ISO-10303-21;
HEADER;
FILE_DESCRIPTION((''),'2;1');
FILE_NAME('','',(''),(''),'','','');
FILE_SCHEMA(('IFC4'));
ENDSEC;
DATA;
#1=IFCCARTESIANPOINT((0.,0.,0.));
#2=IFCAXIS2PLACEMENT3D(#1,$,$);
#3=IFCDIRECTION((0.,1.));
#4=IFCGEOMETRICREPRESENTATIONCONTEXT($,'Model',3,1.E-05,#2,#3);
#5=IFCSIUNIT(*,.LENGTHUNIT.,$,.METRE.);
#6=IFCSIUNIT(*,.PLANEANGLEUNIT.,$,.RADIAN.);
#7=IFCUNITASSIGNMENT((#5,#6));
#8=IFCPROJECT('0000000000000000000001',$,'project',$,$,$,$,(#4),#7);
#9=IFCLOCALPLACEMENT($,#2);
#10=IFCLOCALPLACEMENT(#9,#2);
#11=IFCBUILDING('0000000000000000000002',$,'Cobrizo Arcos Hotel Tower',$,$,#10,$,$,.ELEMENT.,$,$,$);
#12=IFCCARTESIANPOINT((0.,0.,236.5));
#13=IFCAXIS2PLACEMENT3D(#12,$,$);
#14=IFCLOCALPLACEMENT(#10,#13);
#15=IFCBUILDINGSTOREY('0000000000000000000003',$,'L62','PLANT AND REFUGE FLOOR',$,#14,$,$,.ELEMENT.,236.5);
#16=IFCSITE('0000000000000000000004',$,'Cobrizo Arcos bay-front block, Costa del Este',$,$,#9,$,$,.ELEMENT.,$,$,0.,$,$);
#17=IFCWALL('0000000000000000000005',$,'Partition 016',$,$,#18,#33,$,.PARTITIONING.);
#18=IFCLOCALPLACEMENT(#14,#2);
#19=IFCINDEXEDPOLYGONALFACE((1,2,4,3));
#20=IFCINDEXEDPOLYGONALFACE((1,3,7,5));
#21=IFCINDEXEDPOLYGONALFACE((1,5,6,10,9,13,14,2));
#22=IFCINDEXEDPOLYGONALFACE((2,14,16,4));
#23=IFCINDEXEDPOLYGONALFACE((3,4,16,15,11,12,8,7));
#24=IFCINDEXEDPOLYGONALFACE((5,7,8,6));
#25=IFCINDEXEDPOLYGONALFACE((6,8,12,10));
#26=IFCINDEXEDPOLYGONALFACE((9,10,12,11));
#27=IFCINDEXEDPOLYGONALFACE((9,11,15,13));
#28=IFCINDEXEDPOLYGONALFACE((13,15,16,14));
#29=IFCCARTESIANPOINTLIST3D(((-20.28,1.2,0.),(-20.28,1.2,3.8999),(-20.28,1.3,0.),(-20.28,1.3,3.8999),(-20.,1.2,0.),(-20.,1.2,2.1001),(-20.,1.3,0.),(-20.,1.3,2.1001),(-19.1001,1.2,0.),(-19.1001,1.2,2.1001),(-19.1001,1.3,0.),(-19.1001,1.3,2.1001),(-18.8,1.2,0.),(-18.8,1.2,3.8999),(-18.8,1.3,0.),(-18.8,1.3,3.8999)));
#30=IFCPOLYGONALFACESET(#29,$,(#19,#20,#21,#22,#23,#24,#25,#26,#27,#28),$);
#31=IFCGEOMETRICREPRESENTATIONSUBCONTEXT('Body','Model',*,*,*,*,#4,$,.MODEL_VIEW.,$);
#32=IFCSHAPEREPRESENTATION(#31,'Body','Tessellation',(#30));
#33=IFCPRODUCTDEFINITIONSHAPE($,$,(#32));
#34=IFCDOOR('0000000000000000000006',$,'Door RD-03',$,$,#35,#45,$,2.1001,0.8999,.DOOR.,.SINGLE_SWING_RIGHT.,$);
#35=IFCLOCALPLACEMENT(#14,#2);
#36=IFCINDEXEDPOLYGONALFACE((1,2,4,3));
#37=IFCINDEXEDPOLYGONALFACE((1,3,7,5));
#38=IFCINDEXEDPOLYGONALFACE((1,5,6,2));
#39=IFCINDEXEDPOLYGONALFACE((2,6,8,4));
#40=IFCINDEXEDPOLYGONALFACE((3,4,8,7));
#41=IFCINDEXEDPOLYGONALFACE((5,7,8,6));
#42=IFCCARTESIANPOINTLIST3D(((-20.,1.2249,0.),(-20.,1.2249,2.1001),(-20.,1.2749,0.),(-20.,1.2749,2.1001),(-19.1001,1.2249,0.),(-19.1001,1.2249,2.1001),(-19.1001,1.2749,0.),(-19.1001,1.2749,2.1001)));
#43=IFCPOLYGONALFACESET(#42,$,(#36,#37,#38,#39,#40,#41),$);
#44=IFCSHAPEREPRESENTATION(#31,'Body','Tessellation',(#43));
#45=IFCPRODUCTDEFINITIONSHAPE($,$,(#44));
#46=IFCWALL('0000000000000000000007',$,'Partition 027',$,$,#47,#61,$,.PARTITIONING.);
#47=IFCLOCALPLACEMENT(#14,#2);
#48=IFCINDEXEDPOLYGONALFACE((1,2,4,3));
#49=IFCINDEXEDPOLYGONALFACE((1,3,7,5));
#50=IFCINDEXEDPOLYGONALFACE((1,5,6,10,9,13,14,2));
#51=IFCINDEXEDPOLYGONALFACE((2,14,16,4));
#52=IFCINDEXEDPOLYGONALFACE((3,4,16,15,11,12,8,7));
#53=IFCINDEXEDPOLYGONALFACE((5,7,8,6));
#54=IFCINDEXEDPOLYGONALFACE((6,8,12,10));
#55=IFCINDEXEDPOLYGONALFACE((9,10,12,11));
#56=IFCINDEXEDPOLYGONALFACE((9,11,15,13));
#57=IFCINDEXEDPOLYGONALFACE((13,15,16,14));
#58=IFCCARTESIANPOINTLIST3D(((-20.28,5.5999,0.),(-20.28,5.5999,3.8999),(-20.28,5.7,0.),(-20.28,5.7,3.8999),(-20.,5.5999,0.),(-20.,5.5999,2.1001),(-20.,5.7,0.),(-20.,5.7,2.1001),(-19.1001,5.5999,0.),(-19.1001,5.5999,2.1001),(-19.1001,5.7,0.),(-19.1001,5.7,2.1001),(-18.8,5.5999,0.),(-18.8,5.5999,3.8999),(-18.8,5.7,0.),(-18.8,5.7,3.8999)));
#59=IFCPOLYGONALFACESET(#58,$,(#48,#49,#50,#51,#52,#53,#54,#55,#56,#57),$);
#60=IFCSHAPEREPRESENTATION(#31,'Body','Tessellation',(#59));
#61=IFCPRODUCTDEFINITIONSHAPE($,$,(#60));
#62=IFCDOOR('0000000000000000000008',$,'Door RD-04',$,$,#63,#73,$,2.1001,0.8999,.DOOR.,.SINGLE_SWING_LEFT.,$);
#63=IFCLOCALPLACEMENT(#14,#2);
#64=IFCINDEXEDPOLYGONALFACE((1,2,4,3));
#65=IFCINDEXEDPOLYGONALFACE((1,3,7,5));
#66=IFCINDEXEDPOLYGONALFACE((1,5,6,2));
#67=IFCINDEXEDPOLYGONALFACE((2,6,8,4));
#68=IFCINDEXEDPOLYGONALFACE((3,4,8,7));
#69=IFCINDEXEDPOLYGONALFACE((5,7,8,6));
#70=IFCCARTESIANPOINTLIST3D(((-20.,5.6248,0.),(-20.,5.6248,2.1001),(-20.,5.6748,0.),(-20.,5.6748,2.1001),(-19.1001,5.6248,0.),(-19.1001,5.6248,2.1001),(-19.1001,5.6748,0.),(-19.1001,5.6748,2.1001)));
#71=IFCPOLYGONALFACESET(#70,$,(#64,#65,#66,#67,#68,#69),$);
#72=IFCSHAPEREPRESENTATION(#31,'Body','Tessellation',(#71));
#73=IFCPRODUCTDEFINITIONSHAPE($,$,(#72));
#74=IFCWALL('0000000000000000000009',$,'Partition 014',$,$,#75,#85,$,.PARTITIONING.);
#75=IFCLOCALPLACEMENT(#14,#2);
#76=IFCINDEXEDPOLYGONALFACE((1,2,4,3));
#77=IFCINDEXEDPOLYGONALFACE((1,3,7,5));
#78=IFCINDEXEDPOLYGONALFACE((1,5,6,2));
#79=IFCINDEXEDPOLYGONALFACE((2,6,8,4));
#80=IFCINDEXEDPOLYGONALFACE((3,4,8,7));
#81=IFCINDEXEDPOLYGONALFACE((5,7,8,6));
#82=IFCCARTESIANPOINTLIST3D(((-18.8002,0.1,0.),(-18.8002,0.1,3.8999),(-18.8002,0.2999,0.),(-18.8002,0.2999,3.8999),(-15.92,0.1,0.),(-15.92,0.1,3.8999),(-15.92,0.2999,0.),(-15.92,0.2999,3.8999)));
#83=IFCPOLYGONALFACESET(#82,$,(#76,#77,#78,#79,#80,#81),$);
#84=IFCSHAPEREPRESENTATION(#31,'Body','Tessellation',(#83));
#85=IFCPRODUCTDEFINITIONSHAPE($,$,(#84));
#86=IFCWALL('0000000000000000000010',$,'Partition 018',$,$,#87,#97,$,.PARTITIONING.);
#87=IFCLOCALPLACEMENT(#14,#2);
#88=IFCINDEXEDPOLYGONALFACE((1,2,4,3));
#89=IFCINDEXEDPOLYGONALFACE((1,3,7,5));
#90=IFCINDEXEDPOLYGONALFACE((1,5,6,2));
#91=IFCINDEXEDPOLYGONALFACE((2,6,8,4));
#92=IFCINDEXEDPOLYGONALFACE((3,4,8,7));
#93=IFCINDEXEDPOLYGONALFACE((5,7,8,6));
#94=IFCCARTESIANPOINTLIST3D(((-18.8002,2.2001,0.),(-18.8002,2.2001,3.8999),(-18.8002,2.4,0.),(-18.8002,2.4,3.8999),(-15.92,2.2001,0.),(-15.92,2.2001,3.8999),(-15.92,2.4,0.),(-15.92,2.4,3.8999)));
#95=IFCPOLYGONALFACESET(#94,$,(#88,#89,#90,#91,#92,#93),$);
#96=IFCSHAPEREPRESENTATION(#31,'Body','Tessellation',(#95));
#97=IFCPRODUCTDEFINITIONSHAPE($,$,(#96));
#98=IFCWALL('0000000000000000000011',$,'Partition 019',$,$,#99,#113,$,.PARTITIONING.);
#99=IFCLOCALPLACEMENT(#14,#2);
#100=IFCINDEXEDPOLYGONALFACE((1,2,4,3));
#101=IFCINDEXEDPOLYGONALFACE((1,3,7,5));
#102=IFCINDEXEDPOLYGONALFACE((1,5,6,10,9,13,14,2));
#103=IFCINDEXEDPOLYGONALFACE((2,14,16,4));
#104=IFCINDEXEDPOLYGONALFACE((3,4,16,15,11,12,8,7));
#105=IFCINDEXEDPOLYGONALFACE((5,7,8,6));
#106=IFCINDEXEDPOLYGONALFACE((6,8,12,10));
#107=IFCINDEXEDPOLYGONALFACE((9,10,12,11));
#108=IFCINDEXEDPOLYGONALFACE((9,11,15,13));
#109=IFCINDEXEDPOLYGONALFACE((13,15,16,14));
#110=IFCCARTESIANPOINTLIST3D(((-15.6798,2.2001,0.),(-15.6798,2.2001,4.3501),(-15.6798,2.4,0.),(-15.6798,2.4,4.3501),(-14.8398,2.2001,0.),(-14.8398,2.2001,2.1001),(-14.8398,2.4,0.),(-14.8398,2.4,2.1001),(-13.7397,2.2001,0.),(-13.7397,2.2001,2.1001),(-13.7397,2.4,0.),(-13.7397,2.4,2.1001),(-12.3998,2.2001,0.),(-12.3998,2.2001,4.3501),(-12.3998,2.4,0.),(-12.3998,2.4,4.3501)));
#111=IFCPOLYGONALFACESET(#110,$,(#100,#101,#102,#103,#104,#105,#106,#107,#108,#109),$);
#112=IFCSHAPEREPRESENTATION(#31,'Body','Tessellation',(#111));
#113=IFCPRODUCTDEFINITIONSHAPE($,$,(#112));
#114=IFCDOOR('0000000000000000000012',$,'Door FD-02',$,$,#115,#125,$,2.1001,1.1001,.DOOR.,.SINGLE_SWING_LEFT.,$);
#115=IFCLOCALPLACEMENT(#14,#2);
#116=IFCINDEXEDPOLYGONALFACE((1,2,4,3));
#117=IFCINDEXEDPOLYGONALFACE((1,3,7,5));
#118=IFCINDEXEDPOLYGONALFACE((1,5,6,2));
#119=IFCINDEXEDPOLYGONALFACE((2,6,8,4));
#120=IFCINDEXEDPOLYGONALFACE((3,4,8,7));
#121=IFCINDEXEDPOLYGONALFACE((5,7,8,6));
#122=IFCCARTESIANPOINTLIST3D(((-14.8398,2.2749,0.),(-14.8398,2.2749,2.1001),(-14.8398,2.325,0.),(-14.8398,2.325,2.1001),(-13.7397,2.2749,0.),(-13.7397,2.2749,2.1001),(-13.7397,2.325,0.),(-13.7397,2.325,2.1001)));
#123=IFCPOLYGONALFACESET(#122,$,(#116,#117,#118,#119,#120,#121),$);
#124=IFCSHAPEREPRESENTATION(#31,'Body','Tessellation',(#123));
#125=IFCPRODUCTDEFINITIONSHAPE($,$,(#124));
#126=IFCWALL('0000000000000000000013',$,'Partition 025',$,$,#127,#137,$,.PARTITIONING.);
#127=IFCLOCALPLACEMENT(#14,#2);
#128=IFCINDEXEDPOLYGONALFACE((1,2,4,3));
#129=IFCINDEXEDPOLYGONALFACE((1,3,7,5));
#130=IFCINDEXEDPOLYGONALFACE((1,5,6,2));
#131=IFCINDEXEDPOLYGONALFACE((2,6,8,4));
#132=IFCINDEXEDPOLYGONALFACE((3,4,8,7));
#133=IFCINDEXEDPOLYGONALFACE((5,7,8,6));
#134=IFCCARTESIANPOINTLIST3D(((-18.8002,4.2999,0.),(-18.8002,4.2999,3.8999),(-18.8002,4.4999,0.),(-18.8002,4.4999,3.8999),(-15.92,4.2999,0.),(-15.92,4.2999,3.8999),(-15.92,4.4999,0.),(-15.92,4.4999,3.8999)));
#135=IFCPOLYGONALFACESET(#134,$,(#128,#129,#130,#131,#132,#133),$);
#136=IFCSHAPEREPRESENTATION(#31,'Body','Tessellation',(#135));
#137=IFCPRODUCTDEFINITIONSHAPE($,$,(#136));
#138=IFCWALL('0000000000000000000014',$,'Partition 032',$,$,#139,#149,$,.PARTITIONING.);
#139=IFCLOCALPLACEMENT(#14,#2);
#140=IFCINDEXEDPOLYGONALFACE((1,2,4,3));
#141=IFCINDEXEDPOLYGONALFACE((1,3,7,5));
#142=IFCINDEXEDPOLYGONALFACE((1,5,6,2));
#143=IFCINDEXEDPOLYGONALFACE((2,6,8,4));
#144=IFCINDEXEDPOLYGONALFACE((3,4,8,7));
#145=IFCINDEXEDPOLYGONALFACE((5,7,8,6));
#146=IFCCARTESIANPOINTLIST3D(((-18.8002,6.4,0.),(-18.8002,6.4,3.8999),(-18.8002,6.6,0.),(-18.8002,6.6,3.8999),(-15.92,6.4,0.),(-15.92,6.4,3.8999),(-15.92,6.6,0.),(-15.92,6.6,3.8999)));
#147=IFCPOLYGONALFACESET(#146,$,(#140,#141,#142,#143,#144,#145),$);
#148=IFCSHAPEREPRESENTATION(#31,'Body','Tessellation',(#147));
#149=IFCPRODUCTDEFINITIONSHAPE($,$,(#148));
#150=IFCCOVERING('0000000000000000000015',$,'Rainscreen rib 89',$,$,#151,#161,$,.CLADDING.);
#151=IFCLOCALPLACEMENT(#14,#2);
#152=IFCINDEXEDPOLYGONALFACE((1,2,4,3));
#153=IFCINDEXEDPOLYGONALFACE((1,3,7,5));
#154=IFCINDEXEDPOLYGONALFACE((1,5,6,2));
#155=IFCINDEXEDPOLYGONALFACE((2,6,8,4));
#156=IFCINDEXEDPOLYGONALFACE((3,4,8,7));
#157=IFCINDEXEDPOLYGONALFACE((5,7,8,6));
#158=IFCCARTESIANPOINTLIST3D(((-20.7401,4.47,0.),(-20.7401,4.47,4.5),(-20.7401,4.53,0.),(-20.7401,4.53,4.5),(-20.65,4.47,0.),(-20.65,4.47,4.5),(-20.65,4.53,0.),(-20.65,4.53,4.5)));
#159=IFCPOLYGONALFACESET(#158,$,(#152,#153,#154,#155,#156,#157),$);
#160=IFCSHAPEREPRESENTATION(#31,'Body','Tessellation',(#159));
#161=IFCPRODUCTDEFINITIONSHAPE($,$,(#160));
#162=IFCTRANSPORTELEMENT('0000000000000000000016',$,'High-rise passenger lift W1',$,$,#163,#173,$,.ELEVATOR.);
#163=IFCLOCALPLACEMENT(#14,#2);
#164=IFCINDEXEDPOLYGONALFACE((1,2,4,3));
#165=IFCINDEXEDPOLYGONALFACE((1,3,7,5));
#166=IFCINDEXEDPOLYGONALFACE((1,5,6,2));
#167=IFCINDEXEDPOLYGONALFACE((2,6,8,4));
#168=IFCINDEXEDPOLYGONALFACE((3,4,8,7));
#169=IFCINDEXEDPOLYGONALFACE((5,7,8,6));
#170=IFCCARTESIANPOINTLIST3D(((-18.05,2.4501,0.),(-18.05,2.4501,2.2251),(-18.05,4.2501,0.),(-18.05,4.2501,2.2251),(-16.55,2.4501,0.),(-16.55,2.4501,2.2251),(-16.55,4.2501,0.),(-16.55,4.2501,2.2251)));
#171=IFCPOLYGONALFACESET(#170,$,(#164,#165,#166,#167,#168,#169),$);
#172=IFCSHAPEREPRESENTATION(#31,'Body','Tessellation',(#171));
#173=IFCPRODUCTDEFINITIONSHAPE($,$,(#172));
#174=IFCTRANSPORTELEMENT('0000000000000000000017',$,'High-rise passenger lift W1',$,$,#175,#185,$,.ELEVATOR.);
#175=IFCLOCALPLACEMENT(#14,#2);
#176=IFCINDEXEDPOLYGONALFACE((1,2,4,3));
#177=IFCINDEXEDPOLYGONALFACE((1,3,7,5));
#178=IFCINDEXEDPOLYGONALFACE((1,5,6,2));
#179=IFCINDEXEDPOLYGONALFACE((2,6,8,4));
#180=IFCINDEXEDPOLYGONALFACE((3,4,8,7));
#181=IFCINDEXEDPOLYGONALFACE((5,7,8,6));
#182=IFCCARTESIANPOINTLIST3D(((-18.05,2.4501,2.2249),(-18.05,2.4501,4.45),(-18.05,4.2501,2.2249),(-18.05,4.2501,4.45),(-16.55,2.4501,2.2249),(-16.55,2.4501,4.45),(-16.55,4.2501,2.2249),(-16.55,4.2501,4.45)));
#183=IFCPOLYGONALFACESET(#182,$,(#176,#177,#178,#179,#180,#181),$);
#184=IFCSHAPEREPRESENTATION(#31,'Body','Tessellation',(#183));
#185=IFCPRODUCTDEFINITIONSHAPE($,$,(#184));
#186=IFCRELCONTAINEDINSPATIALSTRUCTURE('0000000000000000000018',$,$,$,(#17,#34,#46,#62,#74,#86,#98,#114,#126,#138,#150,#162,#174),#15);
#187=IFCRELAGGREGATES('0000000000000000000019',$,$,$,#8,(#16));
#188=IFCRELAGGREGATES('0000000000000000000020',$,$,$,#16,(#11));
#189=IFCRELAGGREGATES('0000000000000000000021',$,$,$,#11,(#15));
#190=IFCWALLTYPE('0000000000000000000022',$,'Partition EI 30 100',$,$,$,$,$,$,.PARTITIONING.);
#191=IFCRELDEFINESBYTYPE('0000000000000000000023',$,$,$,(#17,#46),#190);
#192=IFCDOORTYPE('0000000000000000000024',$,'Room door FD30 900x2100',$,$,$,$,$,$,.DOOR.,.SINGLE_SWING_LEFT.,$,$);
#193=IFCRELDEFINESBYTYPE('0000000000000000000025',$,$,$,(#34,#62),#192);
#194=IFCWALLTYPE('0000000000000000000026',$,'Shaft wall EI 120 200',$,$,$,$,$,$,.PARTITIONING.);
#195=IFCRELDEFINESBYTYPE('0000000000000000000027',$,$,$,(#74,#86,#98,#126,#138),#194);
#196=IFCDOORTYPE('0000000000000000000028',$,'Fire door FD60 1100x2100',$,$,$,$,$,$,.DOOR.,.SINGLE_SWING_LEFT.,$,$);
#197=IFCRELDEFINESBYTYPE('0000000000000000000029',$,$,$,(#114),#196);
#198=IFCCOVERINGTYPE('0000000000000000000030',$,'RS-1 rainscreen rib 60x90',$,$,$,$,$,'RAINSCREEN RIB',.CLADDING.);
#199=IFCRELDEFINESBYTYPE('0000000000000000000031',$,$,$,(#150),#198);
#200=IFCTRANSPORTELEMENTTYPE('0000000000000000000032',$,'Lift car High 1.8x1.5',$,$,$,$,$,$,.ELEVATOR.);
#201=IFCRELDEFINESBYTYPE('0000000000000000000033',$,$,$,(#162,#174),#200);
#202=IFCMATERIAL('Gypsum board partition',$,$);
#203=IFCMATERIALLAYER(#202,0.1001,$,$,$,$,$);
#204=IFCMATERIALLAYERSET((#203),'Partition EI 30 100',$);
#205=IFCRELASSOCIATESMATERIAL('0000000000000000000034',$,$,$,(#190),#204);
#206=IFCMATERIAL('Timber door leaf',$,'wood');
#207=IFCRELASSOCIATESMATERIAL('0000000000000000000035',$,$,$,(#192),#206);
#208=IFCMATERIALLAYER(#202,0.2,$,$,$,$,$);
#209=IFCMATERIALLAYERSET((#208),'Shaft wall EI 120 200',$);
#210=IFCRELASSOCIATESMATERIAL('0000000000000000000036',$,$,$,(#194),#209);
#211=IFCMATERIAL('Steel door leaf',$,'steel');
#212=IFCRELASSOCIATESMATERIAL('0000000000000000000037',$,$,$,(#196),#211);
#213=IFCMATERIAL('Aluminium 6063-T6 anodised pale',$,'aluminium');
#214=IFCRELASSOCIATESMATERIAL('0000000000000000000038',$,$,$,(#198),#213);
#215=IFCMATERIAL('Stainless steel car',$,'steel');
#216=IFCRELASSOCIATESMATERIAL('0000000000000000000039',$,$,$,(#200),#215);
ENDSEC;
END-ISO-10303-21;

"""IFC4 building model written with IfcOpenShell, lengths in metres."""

from ifc_helpers import new_model, si_unit, direction, frame, frame_2d, origin, origin_2d, place, context, subcontext, project, spatial, rectangle, extrude, material, layer, layer_set, type_object, element, fill, save


model = new_model("IFC4")

# Units and contexts
model_context = context("Model", 3, precision=1e-05, world=origin(), true_north=direction((0.0, 1.0)))
body_context = subcontext(model_context, "Body", "Model", "MODEL_VIEW")
ifc_project = project(units=[si_unit("LENGTHUNIT", "METRE"), si_unit("PLANEANGLEUNIT", "RADIAN")], contexts=[model_context])

# Site, building, storey
site_placement = place(None, origin())
site = spatial("IfcSite", under=ifc_project, at=site_placement, Name="Cobrizo Arcos bay-front block, Costa del Este", CompositionType="ELEMENT", RefElevation=0.0)
building_placement = place(site_placement, origin())
building = spatial("IfcBuilding", under=site, at=building_placement, Name="Cobrizo Arcos Hotel Tower", CompositionType="ELEMENT")
storey_placement = place(building_placement, frame((0.0, 0.0, 236.5)))
storey = spatial("IfcBuildingStorey", under=building, at=storey_placement, Name="L62", Description="PLANT AND REFUGE FLOOR", CompositionType="ELEMENT", Elevation=236.5)

# Walls, openings, doors
ifc_material_1 = material(Name="Gypsum board partition")
ifc_layer_1 = layer(ifc_material_1, 0.1001)
ifc_layer_set_1 = layer_set([ifc_layer_1], Name="Partition EI 30 100")
wall_type_1 = type_object("IfcWallType", Name="Partition EI 30 100", PredefinedType="PARTITIONING", material=ifc_layer_set_1)
wall_1_placement = place(storey_placement, frame((-20.28, 1.25, 0.0), z_axis=(0.0, 0.0, 1.0), x_axis=(1.0, 0.0, 0.0)))
wall_1 = element("IfcWall", 1, at=wall_1_placement, inside=storey, type_object=wall_type_1, Name="Partition 016", PredefinedType="PARTITIONING", context=body_context, shape_type="SweptSolid", body=[
    extrude(rectangle(XDim=1.48, YDim=0.1001, at=frame_2d((0.74, 0.0))), origin(), (0.0, 0.0, 1.0), 3.8999),
])
opening_1_placement = place(wall_1_placement, frame((0.28, 0.0, 0.0)))
opening_1 = element("IfcOpeningElement", 2, at=opening_1_placement, cuts=wall_1, PredefinedType="OPENING", context=body_context, shape_type="SweptSolid", body=[
    extrude(rectangle(XDim=0.8999, YDim=2.1001, at=frame_2d((0.45, 1.05))), frame((0.0, 0.062, 0.0), z_axis=(0.0, -1.0, 0.0), x_axis=(1.0, 0.0, 0.0)), (0.0, 0.0, 1.0), 0.124),
])
ifc_material_2 = material(Name="Timber door leaf", Category="wood")
door_type_1 = type_object("IfcDoorType", Name="Room door FD30 900x2100", OperationType="SINGLE_SWING_LEFT", PredefinedType="DOOR", material=ifc_material_2)
door_1_placement = place(opening_1_placement, origin())
door_1 = element("IfcDoor", 3, at=door_1_placement, inside=storey, type_object=door_type_1, Name="Door RD-03", OperationType="SINGLE_SWING_RIGHT", OverallHeight=2.1001, OverallWidth=0.8999, PredefinedType="DOOR", context=body_context, shape_type="SweptSolid", body=[
    extrude(rectangle(XDim=0.8999, YDim=2.1001, at=frame_2d((0.45, 1.05))), frame((0.0, 0.0249, 0.0), z_axis=(0.0, -1.0, 0.0), x_axis=(1.0, 0.0, 0.0)), (0.0, 0.0, 1.0), 0.05),
])
fill(opening_1, door_1)
wall_2_placement = place(storey_placement, frame((-20.28, 5.6499, 0.0), z_axis=(0.0, 0.0, 1.0), x_axis=(1.0, 0.0, 0.0)))
wall_2 = element("IfcWall", 4, at=wall_2_placement, inside=storey, type_object=wall_type_1, Name="Partition 027", PredefinedType="PARTITIONING", context=body_context, shape_type="SweptSolid", body=[
    extrude(rectangle(XDim=1.48, YDim=0.1001, at=frame_2d((0.74, 0.0))), origin(), (0.0, 0.0, 1.0), 3.8999),
])
opening_2_placement = place(wall_2_placement, frame((0.28, 0.0, 0.0)))
opening_2 = element("IfcOpeningElement", 5, at=opening_2_placement, cuts=wall_2, PredefinedType="OPENING", context=body_context, shape_type="SweptSolid", body=[
    extrude(rectangle(XDim=0.8999, YDim=2.1001, at=frame_2d((0.45, 1.05))), frame((0.0, 0.062, 0.0), z_axis=(0.0, -1.0, 0.0), x_axis=(1.0, 0.0, 0.0)), (0.0, 0.0, 1.0), 0.124),
])
door_2_placement = place(opening_2_placement, origin())
door_2 = element("IfcDoor", 6, at=door_2_placement, inside=storey, type_object=door_type_1, Name="Door RD-04", OperationType="SINGLE_SWING_LEFT", OverallHeight=2.1001, OverallWidth=0.8999, PredefinedType="DOOR", context=body_context, shape_type="SweptSolid", body=[
    extrude(rectangle(XDim=0.8999, YDim=2.1001, at=frame_2d((0.45, 1.05))), frame((0.0, 0.0249, 0.0), z_axis=(0.0, -1.0, 0.0), x_axis=(1.0, 0.0, 0.0)), (0.0, 0.0, 1.0), 0.05),
])
fill(opening_2, door_2)

# Walls
ifc_layer_2 = layer(ifc_material_1, 0.2)
ifc_layer_set_2 = layer_set([ifc_layer_2], Name="Shaft wall EI 120 200")
wall_type_2 = type_object("IfcWallType", Name="Shaft wall EI 120 200", PredefinedType="PARTITIONING", material=ifc_layer_set_2)
for number, where, z_axis, x_axis, name in (
    (7, (-18.8, 0.2, 0.0), (0.0, 0.0, 1.0), (1.0, 0.0, 0.0), "Partition 014"),
    (8, (-18.8, 2.3, 0.0), (0.0, 0.0, 1.0), (1.0, 0.0, 0.0), "Partition 018"),
):
    element("IfcWall", number, at=place(storey_placement, frame(where, z_axis=z_axis, x_axis=x_axis)), inside=storey, type_object=wall_type_2, Name=name, PredefinedType="PARTITIONING", context=body_context, shape_type="SweptSolid", body=[
        extrude(rectangle(XDim=2.8801, YDim=0.2, at=frame_2d((1.4399, 0.0))), origin(), (0.0, 0.0, 1.0), 3.8999),
    ])

# Wall, opening, door
wall_3_placement = place(storey_placement, frame((-15.6799, 2.3, 0.0), z_axis=(0.0, 0.0, 1.0), x_axis=(1.0, 0.0, 0.0)))
wall_3 = element("IfcWall", 9, at=wall_3_placement, inside=storey, type_object=wall_type_2, Name="Partition 019", PredefinedType="PARTITIONING", context=body_context, shape_type="SweptSolid", body=[
    extrude(rectangle(XDim=3.28, YDim=0.2, at=frame_2d((1.6401, 0.0))), origin(), (0.0, 0.0, 1.0), 4.3501),
])
opening_3_placement = place(wall_3_placement, frame((0.8401, 0.0, 0.0)))
opening_3 = element("IfcOpeningElement", 10, at=opening_3_placement, cuts=wall_3, PredefinedType="OPENING", context=body_context, shape_type="SweptSolid", body=[
    extrude(rectangle(XDim=1.1001, YDim=2.1001, at=frame_2d((0.55, 1.05))), frame((0.0, 0.1121, 0.0), z_axis=(0.0, -1.0, 0.0), x_axis=(1.0, 0.0, 0.0)), (0.0, 0.0, 1.0), 0.2239),
])
ifc_material_3 = material(Name="Steel door leaf", Category="steel")
door_type_2 = type_object("IfcDoorType", Name="Fire door FD60 1100x2100", OperationType="SINGLE_SWING_LEFT", PredefinedType="DOOR", material=ifc_material_3)
door_3_placement = place(opening_3_placement, origin())
door_3 = element("IfcDoor", 11, at=door_3_placement, inside=storey, type_object=door_type_2, Name="Door FD-02", OperationType="SINGLE_SWING_LEFT", OverallHeight=2.1001, OverallWidth=1.1001, PredefinedType="DOOR", context=body_context, shape_type="SweptSolid", body=[
    extrude(rectangle(XDim=1.1001, YDim=2.1001, at=frame_2d((0.55, 1.05))), frame((0.0, 0.0249, 0.0), z_axis=(0.0, -1.0, 0.0), x_axis=(1.0, 0.0, 0.0)), (0.0, 0.0, 1.0), 0.05),
])
fill(opening_3, door_3)

# Walls
for number, where, z_axis, x_axis, name in (
    (12, (-18.8, 4.3999, 0.0), (0.0, 0.0, 1.0), (1.0, 0.0, 0.0), "Partition 025"),
    (13, (-18.8, 6.5, 0.0), (0.0, 0.0, 1.0), (1.0, 0.0, 0.0), "Partition 032"),
):
    element("IfcWall", number, at=place(storey_placement, frame(where, z_axis=z_axis, x_axis=x_axis)), inside=storey, type_object=wall_type_2, Name=name, PredefinedType="PARTITIONING", context=body_context, shape_type="SweptSolid", body=[
        extrude(rectangle(XDim=2.8801, YDim=0.2, at=frame_2d((1.4399, 0.0))), origin(), (0.0, 0.0, 1.0), 3.8999),
    ])

# Covering
ifc_material_4 = material(Name="Aluminium 6063-T6 anodised pale", Category="aluminium")
covering_type = type_object("IfcCoveringType", Name="RS-1 rainscreen rib 60x90", ElementType="RAINSCREEN RIB", PredefinedType="CLADDING", material=ifc_material_4)
covering_placement = place(storey_placement, frame((-20.6951, 4.5, 0.0), z_axis=(0.0, 0.0, 1.0), x_axis=(0.0, -1.0, 0.0)))
element("IfcCovering", 14, at=covering_placement, inside=storey, type_object=covering_type, Name="Rainscreen rib 89", PredefinedType="CLADDING", context=body_context, shape_type="SweptSolid", body=[
    extrude(rectangle(XDim=0.0601, YDim=0.0901, at=origin_2d()), origin(), (0.0, 0.0, 1.0), 4.5),
])

# Transport elements
ifc_material_5 = material(Name="Stainless steel car", Category="steel")
transport_element_type = type_object("IfcTransportElementType", Name="Lift car High 1.8x1.5", PredefinedType="ELEVATOR", material=ifc_material_5)
for number, where, z_axis, x_axis, name in (
    (15, (-17.3, 3.3501, 0.0), (0.0, 0.0, 1.0), (1.0, 0.0, 0.0), "High-rise passenger lift W1"),
    (16, (-17.3, 3.3501, 2.2249), (0.0, 0.0, 1.0), (1.0, 0.0, 0.0), "High-rise passenger lift W1"),
):
    element("IfcTransportElement", number, at=place(storey_placement, frame(where, z_axis=z_axis, x_axis=x_axis)), inside=storey, type_object=transport_element_type, Name=name, PredefinedType="ELEVATOR", context=body_context, shape_type="SweptSolid", body=[
        extrude(rectangle(XDim=1.5, YDim=1.8, at=origin_2d()), origin(), (0.0, 0.0, 1.0), 2.2251),
    ])

save(model, "model.ifc")
